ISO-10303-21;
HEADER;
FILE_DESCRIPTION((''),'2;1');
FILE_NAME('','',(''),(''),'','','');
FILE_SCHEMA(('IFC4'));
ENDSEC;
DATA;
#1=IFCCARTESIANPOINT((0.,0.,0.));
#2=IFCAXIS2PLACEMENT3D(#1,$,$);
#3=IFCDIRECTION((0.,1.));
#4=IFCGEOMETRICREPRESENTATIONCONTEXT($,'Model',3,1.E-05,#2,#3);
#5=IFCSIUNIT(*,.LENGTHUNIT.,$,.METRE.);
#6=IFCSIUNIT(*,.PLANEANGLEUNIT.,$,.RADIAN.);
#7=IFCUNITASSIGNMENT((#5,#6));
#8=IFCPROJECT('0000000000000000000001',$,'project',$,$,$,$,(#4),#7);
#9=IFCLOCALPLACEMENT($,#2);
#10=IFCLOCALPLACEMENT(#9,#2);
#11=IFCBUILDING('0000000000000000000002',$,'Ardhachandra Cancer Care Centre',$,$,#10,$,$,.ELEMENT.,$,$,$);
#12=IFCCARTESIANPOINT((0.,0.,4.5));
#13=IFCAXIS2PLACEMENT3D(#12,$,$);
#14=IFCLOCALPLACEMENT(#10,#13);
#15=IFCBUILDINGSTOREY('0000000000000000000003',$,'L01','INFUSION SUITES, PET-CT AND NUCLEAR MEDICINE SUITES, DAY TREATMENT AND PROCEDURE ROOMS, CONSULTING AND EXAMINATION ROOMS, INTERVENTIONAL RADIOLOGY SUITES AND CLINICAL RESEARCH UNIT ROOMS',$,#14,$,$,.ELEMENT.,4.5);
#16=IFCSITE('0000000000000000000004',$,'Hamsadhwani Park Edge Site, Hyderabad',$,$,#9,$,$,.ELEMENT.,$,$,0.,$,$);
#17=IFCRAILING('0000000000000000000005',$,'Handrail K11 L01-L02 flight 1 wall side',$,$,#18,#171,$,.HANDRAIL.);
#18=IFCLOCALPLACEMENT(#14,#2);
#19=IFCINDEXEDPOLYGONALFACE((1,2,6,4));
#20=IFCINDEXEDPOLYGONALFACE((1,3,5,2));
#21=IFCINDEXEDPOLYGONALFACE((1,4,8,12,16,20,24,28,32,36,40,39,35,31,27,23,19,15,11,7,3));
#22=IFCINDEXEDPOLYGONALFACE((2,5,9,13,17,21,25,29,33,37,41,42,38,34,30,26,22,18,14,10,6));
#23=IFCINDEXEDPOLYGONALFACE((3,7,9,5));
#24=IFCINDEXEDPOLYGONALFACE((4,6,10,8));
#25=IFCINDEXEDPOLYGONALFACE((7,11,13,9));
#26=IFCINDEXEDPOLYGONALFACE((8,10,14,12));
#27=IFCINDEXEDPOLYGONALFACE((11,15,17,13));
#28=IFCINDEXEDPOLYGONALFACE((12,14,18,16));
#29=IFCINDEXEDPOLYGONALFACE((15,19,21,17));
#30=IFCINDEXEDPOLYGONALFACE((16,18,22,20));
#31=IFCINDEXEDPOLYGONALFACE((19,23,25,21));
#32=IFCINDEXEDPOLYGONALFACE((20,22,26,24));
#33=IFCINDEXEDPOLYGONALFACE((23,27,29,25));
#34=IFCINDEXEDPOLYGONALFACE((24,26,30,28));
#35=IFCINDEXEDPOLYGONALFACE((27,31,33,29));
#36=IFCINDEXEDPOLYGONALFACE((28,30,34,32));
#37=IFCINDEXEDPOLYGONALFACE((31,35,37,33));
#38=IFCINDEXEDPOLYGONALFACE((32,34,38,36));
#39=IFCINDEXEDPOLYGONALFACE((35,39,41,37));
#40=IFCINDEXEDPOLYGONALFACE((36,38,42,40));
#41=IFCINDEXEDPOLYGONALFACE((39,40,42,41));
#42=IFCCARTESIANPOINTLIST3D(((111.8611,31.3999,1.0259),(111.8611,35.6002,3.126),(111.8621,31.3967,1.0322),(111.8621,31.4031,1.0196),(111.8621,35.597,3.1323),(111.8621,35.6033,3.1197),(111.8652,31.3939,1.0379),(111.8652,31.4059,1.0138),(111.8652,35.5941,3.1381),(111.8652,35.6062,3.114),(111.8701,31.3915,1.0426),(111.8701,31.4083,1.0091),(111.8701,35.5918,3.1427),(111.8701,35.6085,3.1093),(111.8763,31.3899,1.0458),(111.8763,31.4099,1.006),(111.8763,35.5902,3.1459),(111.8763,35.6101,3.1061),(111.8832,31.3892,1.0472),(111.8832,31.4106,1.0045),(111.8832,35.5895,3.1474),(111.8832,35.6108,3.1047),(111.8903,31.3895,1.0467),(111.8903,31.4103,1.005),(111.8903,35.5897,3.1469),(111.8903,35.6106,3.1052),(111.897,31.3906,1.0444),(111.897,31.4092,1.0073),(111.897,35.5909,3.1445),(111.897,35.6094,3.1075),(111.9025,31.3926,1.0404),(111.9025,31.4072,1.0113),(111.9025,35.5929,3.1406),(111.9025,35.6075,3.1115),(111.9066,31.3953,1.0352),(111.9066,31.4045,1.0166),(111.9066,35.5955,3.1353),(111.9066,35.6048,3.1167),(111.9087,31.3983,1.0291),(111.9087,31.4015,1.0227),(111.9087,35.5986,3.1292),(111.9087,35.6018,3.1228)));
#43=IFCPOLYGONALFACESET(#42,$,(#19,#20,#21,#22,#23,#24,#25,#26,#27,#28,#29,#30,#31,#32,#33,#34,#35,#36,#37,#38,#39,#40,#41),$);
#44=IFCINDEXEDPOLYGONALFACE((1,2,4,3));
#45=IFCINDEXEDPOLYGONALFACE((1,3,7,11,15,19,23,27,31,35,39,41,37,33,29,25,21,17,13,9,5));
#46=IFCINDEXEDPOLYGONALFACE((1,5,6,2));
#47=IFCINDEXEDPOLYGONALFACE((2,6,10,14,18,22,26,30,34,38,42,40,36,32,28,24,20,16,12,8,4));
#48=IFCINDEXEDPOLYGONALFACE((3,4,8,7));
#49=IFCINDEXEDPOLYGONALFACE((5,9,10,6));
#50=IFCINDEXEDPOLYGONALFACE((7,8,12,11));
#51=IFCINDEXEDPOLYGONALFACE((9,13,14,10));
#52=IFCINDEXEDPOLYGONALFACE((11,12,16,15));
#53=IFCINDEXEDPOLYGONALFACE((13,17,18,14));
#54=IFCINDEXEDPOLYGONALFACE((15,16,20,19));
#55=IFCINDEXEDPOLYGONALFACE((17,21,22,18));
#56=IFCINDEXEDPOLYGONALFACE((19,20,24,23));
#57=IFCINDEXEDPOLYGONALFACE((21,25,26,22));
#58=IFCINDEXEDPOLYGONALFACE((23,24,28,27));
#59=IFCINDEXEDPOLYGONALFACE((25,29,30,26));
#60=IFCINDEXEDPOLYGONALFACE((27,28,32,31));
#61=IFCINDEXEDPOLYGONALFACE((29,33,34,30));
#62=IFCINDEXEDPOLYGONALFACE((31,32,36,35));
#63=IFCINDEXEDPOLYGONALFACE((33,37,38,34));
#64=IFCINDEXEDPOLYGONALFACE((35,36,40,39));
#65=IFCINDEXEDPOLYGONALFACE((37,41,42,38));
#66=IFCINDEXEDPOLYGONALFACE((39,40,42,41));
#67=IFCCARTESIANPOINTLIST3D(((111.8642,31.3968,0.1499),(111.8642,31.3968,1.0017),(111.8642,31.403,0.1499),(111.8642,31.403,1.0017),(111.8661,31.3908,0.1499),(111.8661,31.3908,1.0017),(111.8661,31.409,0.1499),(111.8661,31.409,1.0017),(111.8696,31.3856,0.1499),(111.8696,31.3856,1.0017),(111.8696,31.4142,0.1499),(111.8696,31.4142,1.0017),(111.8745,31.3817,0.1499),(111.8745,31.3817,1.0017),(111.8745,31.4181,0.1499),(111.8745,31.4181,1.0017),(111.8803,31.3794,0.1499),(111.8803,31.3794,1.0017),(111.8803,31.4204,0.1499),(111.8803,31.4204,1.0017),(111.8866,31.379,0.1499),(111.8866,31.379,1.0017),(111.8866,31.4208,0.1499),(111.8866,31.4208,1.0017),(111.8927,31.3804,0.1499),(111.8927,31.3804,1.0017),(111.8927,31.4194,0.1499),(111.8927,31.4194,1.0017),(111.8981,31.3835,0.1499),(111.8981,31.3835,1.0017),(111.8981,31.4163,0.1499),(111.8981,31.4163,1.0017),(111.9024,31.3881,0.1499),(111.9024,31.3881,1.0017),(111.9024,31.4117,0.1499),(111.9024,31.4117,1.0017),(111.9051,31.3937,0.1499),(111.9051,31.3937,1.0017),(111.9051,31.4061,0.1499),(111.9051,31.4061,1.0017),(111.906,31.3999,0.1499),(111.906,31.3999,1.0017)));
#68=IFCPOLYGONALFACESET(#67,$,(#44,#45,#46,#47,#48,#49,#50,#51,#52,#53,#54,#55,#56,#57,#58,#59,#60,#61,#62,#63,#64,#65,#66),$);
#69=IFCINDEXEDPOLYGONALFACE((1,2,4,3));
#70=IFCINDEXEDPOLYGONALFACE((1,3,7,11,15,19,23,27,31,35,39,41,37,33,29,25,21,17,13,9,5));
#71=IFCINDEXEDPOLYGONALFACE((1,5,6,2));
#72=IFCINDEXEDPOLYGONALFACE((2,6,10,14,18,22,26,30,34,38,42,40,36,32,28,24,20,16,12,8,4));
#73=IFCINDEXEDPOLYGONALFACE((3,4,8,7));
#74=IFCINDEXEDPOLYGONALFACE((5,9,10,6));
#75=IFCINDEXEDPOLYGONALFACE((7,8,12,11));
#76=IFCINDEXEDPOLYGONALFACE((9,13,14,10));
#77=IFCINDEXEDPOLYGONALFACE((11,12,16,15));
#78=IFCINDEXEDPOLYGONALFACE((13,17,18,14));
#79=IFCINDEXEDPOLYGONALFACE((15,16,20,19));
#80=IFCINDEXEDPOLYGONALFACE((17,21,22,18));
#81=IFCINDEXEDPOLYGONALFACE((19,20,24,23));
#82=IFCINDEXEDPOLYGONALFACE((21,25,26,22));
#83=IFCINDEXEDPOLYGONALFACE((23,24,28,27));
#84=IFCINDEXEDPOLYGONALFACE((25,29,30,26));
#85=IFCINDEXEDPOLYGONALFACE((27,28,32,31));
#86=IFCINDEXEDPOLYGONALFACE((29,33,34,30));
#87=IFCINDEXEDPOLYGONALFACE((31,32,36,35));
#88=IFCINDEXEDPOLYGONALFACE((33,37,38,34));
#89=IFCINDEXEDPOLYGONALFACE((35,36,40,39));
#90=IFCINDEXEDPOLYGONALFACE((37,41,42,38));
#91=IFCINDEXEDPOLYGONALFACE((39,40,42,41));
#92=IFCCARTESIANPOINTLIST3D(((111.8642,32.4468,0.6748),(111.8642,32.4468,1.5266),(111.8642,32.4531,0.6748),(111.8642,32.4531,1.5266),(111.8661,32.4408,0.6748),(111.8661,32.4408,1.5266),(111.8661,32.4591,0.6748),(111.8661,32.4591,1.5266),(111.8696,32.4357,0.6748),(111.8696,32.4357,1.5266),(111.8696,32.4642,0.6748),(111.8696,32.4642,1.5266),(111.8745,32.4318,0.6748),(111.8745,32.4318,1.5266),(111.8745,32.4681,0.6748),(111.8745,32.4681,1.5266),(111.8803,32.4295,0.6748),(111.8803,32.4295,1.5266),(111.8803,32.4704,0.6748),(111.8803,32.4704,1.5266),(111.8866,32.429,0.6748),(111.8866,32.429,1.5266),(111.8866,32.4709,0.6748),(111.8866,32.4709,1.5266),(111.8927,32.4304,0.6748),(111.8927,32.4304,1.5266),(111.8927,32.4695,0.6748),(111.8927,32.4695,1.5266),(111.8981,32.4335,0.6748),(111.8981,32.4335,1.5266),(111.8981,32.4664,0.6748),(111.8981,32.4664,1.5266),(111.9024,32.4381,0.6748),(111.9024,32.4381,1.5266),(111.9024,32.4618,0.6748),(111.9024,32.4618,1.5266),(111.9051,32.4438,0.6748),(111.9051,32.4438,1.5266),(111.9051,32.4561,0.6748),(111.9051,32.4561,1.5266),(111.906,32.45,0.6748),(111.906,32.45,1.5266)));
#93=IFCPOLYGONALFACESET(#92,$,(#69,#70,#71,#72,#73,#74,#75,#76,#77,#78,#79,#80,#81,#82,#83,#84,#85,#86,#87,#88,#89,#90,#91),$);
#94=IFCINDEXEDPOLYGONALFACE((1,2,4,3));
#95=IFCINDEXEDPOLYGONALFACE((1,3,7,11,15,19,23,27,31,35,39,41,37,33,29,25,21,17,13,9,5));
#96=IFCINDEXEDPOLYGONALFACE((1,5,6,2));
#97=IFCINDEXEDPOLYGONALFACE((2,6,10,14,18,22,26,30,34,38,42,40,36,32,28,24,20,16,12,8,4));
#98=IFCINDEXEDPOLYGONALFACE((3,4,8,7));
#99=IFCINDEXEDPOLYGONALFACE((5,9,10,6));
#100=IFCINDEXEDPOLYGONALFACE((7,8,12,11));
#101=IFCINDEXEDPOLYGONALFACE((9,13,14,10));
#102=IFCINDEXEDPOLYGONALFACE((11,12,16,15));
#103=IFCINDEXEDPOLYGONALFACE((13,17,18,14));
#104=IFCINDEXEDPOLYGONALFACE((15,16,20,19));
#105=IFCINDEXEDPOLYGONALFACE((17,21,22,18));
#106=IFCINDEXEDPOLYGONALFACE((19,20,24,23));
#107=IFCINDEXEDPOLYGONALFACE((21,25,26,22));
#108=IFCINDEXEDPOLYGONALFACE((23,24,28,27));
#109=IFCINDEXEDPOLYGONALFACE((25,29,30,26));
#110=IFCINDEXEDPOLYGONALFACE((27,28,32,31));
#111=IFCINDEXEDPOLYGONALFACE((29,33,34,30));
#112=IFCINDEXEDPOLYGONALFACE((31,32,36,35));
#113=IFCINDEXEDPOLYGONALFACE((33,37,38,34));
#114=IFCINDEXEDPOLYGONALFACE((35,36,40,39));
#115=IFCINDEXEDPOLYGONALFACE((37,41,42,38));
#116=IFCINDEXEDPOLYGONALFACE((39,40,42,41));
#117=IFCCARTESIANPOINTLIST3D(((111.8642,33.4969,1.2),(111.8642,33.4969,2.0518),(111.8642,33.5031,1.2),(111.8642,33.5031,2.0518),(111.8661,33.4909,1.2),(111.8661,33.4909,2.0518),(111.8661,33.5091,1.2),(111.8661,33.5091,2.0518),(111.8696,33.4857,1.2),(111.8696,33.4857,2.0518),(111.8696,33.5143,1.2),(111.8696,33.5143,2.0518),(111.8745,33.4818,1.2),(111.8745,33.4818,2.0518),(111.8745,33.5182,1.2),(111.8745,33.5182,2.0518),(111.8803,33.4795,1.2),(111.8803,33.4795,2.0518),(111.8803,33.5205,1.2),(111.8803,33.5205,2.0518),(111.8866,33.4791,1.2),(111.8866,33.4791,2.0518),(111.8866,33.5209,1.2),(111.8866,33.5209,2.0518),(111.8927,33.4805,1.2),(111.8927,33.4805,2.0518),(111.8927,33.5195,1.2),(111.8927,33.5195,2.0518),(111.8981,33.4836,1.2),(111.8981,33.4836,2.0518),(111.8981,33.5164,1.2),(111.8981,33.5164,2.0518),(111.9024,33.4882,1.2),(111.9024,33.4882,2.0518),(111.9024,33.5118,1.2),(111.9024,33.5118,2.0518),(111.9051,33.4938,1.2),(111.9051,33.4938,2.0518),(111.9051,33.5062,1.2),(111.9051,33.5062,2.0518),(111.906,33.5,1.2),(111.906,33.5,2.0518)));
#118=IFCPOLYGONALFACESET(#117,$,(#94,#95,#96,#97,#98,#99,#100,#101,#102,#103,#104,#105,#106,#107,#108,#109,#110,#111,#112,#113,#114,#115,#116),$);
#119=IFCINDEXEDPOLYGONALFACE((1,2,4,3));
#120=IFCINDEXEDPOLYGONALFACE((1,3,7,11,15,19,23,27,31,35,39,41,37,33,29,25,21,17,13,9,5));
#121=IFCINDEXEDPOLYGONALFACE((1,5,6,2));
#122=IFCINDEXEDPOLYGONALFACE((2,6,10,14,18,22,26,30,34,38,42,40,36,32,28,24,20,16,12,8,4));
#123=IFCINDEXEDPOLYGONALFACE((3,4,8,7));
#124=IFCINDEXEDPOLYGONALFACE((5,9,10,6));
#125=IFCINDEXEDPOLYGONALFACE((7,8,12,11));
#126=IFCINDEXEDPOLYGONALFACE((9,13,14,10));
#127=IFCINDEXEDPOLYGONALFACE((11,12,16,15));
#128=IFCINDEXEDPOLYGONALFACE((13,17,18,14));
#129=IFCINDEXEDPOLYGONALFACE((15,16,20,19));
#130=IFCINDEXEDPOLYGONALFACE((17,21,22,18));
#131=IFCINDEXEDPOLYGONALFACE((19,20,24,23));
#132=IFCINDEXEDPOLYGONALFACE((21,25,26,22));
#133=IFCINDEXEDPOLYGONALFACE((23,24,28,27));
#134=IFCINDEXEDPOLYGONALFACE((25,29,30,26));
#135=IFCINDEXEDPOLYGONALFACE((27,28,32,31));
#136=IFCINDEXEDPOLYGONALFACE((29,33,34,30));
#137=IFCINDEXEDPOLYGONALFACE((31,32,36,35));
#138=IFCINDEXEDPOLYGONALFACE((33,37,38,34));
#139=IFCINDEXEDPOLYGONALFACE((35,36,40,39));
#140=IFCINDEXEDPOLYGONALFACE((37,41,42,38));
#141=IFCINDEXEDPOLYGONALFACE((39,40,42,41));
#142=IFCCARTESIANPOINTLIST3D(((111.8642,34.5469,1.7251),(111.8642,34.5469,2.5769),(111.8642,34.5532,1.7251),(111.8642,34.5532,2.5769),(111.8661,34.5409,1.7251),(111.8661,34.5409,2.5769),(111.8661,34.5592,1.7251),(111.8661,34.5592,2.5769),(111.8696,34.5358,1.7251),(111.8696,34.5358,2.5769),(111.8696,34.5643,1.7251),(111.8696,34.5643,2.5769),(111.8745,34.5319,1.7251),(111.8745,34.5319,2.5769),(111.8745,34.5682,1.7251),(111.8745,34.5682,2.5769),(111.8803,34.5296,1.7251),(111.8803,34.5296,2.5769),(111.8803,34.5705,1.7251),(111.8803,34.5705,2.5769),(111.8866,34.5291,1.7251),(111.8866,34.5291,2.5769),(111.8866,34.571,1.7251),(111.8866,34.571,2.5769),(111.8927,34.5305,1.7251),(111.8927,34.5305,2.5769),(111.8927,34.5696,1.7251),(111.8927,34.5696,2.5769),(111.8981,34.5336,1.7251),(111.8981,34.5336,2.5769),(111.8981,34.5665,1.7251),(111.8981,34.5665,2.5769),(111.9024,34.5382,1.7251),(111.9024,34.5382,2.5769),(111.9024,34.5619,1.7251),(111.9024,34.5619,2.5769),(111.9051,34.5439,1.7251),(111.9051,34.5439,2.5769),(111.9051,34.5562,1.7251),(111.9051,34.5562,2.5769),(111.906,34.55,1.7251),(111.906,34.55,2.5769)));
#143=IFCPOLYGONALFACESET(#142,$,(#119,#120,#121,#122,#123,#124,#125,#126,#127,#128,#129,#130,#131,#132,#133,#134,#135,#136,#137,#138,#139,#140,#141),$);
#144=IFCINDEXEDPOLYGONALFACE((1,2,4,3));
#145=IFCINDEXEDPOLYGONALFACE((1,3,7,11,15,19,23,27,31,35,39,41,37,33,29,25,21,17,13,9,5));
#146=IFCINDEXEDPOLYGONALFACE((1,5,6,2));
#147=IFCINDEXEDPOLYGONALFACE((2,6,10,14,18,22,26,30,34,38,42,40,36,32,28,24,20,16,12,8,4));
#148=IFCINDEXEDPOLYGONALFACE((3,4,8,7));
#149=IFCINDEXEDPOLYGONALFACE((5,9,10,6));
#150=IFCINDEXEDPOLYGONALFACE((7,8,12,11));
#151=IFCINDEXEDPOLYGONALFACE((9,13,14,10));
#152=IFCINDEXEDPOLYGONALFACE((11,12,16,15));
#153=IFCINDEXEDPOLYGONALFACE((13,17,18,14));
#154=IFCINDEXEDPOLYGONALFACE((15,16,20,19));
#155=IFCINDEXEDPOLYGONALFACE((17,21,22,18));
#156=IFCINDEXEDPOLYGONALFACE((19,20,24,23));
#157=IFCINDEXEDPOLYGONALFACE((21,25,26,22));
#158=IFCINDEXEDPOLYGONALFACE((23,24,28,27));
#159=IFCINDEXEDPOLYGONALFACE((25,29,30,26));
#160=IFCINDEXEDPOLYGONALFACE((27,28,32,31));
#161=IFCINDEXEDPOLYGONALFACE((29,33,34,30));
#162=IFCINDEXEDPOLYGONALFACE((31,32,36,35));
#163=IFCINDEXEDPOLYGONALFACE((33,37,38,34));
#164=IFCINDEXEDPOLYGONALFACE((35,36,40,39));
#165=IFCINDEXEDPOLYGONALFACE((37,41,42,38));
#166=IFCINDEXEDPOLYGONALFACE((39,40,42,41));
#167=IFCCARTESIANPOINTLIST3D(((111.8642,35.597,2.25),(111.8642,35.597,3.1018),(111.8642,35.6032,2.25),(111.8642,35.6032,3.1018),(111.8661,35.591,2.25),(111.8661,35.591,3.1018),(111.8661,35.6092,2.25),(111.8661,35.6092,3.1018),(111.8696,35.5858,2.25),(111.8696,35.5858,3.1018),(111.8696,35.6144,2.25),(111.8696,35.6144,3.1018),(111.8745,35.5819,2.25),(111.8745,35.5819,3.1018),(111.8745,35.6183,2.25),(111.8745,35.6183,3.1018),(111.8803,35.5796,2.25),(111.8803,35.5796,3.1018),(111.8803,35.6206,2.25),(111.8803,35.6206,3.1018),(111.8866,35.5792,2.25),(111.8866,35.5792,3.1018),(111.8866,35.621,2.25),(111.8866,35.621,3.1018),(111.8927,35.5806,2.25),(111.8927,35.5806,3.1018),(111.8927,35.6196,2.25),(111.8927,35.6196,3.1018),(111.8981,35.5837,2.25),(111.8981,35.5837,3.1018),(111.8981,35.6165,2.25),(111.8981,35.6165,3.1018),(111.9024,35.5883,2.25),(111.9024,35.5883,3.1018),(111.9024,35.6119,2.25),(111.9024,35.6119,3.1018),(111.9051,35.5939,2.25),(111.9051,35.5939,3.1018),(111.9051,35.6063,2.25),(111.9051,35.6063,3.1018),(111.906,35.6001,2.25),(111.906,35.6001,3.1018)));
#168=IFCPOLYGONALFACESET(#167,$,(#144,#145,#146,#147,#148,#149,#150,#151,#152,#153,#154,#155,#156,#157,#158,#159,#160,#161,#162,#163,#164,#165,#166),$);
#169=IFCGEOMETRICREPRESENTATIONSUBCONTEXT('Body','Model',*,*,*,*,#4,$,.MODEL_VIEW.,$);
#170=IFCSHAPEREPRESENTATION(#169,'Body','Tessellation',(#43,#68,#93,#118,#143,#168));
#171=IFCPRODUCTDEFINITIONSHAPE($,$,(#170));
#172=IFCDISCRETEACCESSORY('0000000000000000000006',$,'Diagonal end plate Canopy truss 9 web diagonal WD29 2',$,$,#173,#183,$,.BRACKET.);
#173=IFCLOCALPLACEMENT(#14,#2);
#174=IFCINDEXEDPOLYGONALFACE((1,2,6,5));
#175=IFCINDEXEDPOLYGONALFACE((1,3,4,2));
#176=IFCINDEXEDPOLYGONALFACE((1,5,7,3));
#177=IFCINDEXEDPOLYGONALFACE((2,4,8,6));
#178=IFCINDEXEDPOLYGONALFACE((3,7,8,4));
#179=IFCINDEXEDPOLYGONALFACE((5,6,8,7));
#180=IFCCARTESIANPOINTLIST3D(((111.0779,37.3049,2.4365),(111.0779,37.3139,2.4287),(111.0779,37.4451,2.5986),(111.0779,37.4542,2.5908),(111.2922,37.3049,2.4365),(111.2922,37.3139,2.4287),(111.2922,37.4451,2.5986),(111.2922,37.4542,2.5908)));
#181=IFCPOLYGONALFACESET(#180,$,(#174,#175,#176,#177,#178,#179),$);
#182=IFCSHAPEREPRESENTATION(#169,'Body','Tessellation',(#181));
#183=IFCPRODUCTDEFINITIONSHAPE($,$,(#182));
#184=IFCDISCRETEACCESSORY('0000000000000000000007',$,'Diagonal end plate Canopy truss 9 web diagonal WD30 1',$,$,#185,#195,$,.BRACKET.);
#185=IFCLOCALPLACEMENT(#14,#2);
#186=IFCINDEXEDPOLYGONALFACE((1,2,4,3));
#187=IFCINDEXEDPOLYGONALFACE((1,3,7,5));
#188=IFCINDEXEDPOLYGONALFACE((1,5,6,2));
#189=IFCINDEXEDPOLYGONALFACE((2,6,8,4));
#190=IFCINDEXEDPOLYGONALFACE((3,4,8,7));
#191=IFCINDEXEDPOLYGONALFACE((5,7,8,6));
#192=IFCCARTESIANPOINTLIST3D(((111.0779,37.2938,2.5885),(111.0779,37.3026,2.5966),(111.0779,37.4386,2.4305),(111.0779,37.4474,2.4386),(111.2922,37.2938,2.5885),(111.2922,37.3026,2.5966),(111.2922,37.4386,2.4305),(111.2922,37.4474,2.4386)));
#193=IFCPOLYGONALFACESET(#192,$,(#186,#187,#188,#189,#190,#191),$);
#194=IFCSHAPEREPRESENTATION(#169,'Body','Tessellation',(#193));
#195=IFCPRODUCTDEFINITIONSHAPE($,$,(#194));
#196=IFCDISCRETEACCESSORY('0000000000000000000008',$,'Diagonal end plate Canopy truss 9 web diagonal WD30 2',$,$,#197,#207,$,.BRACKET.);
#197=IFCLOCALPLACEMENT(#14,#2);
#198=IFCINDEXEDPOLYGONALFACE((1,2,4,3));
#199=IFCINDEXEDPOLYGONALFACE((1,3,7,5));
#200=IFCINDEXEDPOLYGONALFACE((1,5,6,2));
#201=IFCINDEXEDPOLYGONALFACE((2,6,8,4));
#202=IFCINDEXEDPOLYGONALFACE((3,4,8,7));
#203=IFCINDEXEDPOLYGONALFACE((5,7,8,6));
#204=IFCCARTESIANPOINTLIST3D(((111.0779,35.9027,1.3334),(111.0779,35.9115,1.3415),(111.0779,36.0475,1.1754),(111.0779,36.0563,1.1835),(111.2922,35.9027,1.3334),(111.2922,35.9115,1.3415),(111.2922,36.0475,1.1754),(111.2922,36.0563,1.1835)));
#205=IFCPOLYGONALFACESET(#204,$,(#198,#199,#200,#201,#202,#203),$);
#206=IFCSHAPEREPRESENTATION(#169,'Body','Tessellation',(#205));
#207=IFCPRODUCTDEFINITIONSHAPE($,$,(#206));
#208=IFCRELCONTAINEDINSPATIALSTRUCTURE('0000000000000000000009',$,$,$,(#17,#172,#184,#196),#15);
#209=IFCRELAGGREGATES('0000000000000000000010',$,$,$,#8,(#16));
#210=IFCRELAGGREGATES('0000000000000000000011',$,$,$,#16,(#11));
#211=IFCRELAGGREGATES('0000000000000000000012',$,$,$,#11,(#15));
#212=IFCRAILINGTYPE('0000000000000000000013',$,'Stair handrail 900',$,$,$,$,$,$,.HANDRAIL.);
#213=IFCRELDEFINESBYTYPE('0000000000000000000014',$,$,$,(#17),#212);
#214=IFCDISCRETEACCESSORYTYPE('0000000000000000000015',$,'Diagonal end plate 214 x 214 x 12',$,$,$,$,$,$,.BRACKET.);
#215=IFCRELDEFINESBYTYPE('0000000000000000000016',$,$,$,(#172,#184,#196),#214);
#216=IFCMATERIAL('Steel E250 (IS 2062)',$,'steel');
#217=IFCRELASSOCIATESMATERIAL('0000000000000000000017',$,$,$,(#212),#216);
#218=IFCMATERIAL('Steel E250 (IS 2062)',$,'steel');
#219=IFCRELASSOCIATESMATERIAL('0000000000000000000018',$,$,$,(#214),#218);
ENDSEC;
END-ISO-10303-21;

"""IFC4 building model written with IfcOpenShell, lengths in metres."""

from ifc_helpers import new_model, si_unit, direction, frame, origin, origin_2d, place, context, subcontext, project, spatial, rectangle, circle, extrude, material, material_profile, profile_set, type_object, element, save


model = new_model("IFC4")

# Units and contexts
model_context = context("Model", 3, precision=1e-05, world=origin(), true_north=direction((0.0, 1.0)))
body_context = subcontext(model_context, "Body", "Model", "MODEL_VIEW")
ifc_project = project(units=[si_unit("LENGTHUNIT", "METRE"), si_unit("PLANEANGLEUNIT", "RADIAN")], contexts=[model_context])

# Site, building, storey
site_placement = place(None, origin())
site = spatial("IfcSite", under=ifc_project, at=site_placement, Name="Hamsadhwani Park Edge Site, Hyderabad", CompositionType="ELEMENT", RefElevation=0.0)
building_placement = place(site_placement, origin())
building = spatial("IfcBuilding", under=site, at=building_placement, Name="Ardhachandra Cancer Care Centre", CompositionType="ELEMENT")
storey_placement = place(building_placement, frame((0.0, 0.0, 4.5)))
storey = spatial("IfcBuildingStorey", under=building, at=storey_placement, Name="L01", Description="INFUSION SUITES, PET-CT AND NUCLEAR MEDICINE SUITES, DAY TREATMENT AND PROCEDURE ROOMS, CONSULTING AND EXAMINATION ROOMS, INTERVENTIONAL RADIOLOGY SUITES AND CLINICAL RESEARCH UNIT ROOMS", CompositionType="ELEMENT", Elevation=4.5)

# Railing
ifc_material_1 = material(Name="Steel E250 (IS 2062)", Category="steel")
railing_type_1 = type_object("IfcRailingType", Name="Stair handrail 900", PredefinedType="HANDRAIL", material=ifc_material_1)
railing_1_placement = place(storey_placement, frame((111.885, 31.3999, 0.1499)))
element("IfcRailing", 1, at=railing_1_placement, inside=storey, type_object=railing_type_1, Name="Handrail K11 L01-L02 flight 1 wall side", PredefinedType="HANDRAIL", context=body_context, shape_type="SweptSolid", body=[
    extrude(circle(Radius=0.0239, at=origin_2d()), frame((0.0, 0.0, 0.876), z_axis=(0.0, 0.894427, 0.447214), x_axis=(-1.0, 0.0, 0.0)), (0.0, 0.0, 1.0), 4.696),
    extrude(circle(Radius=0.021, at=origin_2d()), origin(), (0.0, 0.0, 1.0), 0.8518),
    extrude(circle(Radius=0.021, at=origin_2d()), frame((0.0, 1.05, 0.5249)), (0.0, 0.0, 1.0), 0.8518),
    extrude(circle(Radius=0.021, at=origin_2d()), frame((0.0, 2.1001, 1.05)), (0.0, 0.0, 1.0), 0.8518),
    extrude(circle(Radius=0.021, at=origin_2d()), frame((0.0, 3.1501, 1.5752)), (0.0, 0.0, 1.0), 0.8518),
    extrude(circle(Radius=0.021, at=origin_2d()), frame((0.0, 4.2002, 2.1001)), (0.0, 0.0, 1.0), 0.8518),
])

# Discrete accessories
ifc_material_2 = material(Name="Steel E250 (IS 2062)", Category="steel")
ifc_material_profile_1 = material_profile(ifc_material_2, rectangle(XDim=0.2144, YDim=0.2144, at=origin_2d()), Name="PL 214x214x12")
ifc_profile_set_1 = profile_set([ifc_material_profile_1], Name="Steel E250 (IS 2062)")
discrete_accessory_type = type_object("IfcDiscreteAccessoryType", Name="Diagonal end plate 214 x 214 x 12", PredefinedType="BRACKET", material=ifc_profile_set_1)
for number, where, z_axis, x_axis, name in (
    (2, (111.1851, 37.375, 2.5176), (0.0, 0.756363, -0.654152), (-1.0, 0.0, 0.0), "Diagonal end plate Canopy truss 9 web diagonal WD29 2"),
    (3, (111.1851, 37.375, 2.5176), (0.0, -0.737154, -0.675725), (1.0, 0.0, 0.0), "Diagonal end plate Canopy truss 9 web diagonal WD30 1"),
    (4, (111.1851, 35.9751, 1.2544), (0.0, 0.737154, 0.675725), (-1.0, 0.0, 0.0), "Diagonal end plate Canopy truss 9 web diagonal WD30 2"),
):
    element("IfcDiscreteAccessory", number, at=place(storey_placement, frame(where, z_axis=z_axis, x_axis=x_axis)), inside=storey, type_object=discrete_accessory_type, Name=name, PredefinedType="BRACKET", context=body_context, shape_type="SweptSolid", body=[
        extrude(rectangle(XDim=0.2144, YDim=0.2144, at=origin_2d()), origin(), (0.0, 0.0, 1.0), 0.012),
    ])

save(model, "model.ifc")
